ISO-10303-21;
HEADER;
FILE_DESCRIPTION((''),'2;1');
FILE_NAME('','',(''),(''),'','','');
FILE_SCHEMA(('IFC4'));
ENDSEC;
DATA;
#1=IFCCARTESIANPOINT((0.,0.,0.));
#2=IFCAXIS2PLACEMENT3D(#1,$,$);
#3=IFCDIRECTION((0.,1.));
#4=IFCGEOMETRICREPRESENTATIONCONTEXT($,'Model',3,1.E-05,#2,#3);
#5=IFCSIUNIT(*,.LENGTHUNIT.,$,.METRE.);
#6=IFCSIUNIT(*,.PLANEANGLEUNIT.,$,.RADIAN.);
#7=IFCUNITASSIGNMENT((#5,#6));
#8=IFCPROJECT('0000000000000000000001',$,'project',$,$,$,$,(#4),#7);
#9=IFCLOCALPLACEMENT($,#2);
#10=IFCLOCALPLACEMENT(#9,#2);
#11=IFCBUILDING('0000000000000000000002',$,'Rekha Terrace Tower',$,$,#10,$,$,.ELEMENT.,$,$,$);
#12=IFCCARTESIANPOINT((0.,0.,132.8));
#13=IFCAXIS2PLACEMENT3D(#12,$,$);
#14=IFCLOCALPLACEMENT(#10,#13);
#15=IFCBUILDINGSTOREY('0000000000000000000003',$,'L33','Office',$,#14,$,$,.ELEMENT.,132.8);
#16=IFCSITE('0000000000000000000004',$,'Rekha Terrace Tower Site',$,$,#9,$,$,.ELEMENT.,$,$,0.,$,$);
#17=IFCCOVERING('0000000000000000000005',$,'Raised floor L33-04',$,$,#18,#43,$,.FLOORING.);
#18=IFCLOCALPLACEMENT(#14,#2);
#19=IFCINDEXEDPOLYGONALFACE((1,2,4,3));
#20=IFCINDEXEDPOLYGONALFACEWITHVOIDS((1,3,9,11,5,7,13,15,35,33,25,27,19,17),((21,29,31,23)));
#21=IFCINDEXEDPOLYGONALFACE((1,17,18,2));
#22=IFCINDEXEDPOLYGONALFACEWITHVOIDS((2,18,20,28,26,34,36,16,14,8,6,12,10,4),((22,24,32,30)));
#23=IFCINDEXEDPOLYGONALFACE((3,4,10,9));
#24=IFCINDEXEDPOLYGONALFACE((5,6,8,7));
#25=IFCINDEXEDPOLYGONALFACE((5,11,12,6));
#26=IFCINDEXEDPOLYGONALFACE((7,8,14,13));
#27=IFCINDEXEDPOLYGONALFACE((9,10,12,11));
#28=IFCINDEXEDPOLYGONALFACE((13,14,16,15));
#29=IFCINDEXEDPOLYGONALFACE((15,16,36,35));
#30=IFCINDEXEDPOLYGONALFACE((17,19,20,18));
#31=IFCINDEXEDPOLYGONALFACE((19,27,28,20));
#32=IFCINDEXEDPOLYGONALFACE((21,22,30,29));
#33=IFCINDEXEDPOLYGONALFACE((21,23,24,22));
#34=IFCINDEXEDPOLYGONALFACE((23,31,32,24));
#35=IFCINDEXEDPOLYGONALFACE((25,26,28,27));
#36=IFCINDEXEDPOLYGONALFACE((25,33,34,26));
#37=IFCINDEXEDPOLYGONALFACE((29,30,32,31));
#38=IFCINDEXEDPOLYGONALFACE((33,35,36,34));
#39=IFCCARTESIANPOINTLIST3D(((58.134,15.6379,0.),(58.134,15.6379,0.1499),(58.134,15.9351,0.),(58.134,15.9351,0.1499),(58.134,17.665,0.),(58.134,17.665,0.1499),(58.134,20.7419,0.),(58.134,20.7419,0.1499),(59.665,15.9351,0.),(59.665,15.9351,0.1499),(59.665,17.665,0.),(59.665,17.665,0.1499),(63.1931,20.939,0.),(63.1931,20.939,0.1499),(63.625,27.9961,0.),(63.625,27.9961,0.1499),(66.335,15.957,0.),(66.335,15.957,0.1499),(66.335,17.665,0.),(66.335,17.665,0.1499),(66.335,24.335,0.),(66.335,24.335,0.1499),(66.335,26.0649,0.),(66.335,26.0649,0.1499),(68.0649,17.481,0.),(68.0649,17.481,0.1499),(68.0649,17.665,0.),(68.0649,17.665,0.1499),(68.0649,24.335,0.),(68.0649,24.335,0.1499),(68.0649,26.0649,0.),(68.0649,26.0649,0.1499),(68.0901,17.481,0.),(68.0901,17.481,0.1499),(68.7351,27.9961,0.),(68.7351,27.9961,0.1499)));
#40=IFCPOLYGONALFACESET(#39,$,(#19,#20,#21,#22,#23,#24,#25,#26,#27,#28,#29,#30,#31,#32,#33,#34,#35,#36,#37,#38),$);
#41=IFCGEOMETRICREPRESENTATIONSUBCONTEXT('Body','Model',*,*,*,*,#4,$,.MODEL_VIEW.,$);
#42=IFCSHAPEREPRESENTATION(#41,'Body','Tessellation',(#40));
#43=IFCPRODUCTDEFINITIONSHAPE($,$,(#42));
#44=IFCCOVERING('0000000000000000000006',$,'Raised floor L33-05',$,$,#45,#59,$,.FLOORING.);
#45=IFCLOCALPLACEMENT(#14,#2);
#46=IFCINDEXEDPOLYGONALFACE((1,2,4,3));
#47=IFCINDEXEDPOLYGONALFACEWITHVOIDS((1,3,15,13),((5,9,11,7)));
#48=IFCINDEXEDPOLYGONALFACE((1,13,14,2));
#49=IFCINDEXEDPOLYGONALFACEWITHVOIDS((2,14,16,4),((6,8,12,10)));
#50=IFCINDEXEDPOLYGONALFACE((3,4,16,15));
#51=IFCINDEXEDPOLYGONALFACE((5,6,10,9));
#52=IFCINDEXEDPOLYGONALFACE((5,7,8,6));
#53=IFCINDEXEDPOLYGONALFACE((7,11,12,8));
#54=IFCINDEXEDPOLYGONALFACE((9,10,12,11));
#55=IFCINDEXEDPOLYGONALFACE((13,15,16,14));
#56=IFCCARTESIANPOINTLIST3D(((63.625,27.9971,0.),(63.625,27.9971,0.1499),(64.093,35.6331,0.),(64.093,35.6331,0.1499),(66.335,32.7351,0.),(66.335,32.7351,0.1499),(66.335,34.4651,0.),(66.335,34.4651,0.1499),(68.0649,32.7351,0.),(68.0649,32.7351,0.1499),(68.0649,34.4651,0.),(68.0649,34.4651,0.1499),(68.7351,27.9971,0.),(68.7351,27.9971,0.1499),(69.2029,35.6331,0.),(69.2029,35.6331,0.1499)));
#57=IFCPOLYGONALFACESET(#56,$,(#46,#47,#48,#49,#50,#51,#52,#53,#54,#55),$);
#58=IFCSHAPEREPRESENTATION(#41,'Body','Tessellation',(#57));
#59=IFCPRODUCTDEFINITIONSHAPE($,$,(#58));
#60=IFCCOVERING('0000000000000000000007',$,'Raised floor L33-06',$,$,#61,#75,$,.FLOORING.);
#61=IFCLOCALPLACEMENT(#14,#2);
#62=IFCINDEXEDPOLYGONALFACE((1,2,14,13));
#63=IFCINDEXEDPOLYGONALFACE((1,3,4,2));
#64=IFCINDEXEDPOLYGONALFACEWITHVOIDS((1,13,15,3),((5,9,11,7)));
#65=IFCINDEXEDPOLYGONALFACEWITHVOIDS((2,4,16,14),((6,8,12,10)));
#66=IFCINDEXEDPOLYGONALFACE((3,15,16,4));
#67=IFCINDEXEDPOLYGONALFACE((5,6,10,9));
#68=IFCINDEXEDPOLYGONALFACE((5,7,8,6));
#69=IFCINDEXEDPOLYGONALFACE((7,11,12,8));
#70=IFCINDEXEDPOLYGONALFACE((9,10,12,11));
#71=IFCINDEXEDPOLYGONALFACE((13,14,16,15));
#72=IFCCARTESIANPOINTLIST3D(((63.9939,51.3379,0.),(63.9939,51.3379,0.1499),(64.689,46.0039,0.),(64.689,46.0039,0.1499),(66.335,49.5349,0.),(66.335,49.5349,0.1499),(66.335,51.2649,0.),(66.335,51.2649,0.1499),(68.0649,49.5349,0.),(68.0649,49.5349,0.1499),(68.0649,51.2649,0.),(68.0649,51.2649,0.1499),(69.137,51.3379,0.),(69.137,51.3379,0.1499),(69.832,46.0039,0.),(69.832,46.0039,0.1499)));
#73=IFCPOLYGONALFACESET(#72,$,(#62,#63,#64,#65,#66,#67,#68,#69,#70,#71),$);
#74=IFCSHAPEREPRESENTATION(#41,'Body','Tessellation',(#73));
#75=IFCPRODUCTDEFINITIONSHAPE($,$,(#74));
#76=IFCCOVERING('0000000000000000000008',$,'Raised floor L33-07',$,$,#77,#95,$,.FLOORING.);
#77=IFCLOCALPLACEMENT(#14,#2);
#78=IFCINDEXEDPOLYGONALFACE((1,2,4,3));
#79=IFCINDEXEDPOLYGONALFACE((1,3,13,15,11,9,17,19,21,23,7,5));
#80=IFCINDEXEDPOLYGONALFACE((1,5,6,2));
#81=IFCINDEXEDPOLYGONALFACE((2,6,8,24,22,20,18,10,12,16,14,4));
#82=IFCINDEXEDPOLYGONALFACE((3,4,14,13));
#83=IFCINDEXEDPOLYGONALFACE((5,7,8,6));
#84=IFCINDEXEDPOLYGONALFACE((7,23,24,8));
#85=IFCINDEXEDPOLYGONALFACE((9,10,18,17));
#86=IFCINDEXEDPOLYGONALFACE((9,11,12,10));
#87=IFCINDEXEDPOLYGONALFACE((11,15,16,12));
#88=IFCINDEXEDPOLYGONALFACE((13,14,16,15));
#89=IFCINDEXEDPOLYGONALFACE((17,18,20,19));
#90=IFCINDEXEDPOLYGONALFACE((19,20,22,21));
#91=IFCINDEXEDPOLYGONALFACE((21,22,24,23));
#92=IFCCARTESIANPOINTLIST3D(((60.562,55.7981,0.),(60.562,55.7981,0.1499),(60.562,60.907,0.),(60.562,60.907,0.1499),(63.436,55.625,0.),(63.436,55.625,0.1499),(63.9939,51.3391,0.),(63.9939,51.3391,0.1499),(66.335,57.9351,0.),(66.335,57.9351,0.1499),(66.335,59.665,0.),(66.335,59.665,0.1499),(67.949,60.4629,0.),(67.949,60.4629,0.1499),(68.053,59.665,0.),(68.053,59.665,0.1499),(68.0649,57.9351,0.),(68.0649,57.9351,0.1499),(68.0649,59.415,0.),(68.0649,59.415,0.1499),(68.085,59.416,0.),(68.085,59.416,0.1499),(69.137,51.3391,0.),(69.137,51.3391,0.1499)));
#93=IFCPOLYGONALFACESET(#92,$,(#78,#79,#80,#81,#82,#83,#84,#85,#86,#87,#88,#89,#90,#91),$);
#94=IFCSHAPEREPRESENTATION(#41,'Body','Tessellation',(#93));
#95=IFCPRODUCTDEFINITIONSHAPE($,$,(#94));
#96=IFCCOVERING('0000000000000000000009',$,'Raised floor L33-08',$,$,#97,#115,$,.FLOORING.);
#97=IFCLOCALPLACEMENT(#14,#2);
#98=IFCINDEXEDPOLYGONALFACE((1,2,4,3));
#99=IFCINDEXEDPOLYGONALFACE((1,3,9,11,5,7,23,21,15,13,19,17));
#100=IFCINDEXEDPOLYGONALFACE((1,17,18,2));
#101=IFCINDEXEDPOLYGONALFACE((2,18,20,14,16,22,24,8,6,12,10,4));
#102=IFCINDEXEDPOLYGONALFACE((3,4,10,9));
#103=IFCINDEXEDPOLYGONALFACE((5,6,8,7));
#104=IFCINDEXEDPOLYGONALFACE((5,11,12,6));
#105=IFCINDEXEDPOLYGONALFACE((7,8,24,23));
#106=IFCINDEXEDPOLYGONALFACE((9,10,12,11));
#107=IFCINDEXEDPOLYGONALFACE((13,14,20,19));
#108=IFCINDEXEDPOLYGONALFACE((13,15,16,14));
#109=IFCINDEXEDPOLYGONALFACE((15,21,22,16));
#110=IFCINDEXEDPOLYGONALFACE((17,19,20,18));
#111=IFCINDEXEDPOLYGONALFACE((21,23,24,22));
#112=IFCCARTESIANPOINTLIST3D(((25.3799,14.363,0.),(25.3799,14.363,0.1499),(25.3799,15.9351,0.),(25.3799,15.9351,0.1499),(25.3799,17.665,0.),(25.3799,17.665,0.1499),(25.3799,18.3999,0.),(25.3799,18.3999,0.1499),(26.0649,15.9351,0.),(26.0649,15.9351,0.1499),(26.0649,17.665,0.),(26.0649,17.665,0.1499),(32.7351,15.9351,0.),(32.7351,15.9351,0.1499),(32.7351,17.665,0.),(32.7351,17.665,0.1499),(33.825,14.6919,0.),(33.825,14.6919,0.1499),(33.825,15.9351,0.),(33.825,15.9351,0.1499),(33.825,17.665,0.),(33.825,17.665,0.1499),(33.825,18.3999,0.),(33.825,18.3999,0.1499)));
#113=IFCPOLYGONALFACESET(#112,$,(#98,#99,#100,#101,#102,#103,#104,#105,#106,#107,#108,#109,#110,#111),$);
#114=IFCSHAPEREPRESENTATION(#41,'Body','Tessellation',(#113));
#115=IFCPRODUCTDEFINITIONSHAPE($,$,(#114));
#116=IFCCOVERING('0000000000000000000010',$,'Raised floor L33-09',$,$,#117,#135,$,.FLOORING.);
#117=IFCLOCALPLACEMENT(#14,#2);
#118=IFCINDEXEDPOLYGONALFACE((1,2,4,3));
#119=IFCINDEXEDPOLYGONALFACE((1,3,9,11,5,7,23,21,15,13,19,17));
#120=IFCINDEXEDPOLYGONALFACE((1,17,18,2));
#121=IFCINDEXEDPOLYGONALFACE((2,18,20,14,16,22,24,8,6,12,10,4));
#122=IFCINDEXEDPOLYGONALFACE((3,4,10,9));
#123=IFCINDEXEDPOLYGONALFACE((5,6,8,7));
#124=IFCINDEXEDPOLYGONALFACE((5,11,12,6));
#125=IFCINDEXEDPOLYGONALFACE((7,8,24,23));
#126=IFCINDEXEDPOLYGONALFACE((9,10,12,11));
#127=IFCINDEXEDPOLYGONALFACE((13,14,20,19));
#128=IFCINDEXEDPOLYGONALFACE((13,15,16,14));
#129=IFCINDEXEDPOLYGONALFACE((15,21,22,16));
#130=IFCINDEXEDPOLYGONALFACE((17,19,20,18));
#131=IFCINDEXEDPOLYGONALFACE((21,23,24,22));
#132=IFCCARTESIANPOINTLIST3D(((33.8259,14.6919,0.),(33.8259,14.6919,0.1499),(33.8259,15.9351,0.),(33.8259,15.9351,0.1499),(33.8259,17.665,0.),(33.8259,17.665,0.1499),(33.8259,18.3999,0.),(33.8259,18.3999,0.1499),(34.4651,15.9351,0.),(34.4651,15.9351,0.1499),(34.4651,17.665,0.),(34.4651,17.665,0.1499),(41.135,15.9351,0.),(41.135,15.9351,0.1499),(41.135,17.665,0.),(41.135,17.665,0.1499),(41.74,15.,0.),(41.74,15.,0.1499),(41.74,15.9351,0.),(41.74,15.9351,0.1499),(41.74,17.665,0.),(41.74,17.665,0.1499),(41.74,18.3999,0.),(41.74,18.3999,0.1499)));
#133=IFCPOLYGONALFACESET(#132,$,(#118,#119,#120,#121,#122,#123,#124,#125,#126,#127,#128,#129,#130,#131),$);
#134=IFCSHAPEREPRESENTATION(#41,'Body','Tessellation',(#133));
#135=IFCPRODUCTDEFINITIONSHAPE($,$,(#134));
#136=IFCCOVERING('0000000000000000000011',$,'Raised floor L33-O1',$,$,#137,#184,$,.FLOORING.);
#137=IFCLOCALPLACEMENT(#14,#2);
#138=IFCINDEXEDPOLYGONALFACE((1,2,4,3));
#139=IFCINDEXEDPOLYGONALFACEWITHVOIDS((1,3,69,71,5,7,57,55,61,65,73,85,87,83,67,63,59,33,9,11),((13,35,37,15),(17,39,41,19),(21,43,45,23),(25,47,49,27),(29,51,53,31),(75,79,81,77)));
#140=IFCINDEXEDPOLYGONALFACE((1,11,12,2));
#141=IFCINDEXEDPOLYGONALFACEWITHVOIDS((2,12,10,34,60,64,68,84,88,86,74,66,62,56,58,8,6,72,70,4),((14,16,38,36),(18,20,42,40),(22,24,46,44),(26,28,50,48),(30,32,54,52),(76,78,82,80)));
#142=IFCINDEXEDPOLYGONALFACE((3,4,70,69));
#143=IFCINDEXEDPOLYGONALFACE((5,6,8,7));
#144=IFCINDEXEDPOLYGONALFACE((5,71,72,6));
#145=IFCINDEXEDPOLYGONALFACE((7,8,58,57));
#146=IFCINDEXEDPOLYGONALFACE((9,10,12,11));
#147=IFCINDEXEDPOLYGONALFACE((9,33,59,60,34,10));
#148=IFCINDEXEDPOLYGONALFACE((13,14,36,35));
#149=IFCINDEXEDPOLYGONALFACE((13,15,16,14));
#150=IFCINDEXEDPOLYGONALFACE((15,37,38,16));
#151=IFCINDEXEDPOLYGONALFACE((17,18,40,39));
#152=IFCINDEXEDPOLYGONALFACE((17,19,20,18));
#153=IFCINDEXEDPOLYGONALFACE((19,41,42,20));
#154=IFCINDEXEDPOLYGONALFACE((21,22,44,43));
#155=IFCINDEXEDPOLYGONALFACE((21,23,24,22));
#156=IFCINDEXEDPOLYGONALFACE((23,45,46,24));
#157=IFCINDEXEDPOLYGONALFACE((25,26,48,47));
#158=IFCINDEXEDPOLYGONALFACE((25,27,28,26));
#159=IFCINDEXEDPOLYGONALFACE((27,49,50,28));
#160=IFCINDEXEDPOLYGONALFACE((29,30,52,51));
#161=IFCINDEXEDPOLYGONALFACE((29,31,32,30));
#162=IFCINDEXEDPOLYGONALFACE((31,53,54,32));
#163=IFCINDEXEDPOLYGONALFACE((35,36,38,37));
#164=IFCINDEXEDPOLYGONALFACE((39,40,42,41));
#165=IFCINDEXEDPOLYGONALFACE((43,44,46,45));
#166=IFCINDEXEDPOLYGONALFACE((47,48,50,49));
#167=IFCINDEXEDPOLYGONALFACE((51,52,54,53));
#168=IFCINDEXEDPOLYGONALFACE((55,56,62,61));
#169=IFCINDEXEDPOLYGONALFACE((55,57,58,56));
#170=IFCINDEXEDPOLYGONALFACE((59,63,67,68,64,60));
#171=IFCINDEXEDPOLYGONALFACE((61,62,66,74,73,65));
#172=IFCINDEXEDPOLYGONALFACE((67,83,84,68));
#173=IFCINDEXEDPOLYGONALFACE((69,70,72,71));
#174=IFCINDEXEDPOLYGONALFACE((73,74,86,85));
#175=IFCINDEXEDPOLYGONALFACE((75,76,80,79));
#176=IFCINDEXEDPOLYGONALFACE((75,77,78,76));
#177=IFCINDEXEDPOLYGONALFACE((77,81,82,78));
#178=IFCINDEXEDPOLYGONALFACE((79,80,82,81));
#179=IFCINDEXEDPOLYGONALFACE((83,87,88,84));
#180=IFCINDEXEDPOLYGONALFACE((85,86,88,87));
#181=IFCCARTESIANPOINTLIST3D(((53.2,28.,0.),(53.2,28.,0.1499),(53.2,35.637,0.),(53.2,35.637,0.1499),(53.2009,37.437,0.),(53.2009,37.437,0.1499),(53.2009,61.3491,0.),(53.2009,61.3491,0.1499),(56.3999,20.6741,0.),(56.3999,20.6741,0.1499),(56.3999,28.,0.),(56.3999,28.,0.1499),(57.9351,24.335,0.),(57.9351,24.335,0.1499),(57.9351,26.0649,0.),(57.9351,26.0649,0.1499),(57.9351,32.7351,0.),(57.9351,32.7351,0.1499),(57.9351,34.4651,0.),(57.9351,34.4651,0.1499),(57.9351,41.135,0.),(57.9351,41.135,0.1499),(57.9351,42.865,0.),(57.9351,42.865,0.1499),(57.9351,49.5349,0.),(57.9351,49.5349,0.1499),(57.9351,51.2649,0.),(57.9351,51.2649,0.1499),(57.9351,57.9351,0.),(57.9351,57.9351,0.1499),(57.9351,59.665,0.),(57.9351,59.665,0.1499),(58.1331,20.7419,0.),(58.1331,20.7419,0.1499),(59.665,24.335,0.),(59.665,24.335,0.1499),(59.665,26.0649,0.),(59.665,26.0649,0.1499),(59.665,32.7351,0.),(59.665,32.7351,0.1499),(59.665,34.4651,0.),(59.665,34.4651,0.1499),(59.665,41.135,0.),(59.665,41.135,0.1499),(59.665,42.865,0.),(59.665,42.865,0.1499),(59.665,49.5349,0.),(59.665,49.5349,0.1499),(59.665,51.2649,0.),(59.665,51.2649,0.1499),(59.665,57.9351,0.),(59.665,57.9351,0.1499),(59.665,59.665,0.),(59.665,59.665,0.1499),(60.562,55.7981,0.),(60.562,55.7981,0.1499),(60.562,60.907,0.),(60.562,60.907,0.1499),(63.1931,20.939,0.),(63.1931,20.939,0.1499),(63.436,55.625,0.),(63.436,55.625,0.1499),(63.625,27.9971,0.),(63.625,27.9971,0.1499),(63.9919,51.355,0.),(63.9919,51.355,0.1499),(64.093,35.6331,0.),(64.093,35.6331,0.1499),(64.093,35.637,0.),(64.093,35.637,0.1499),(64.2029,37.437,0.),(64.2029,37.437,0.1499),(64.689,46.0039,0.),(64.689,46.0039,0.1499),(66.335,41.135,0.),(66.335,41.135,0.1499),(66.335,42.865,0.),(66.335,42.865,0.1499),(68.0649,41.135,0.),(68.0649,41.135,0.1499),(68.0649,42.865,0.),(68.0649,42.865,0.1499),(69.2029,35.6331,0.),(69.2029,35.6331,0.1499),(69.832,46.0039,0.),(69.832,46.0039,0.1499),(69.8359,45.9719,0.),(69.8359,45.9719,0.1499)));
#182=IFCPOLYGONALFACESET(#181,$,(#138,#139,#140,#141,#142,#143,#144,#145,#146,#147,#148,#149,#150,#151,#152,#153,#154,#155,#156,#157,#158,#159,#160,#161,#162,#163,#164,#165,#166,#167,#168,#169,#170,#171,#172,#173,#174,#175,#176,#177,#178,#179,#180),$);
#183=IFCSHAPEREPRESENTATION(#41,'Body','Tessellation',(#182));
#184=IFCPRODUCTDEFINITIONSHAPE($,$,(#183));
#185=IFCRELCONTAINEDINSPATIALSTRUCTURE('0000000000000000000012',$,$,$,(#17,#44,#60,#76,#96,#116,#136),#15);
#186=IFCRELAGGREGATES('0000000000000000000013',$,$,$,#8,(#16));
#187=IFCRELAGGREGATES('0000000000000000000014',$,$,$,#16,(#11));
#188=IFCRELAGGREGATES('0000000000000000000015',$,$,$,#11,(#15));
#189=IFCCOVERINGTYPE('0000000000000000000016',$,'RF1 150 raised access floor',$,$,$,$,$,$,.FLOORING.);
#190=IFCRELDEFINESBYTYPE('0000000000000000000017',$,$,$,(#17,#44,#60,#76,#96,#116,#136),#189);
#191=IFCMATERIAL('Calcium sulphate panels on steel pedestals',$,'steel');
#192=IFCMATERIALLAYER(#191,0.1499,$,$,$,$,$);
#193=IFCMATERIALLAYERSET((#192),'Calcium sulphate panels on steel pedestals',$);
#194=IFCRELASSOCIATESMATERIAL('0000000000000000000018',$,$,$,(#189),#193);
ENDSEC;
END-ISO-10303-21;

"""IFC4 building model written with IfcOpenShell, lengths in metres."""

from ifc_helpers import new_model, si_unit, direction, frame, origin, place, context, subcontext, project, spatial, polyline, outline, extrude, material, layer, layer_set, type_object, element, save


model = new_model("IFC4")

# Units and contexts
model_context = context("Model", 3, precision=1e-05, world=origin(), true_north=direction((0.0, 1.0)))
body_context = subcontext(model_context, "Body", "Model", "MODEL_VIEW")
ifc_project = project(units=[si_unit("LENGTHUNIT", "METRE"), si_unit("PLANEANGLEUNIT", "RADIAN")], contexts=[model_context])

# Site, building, storey
site_placement = place(None, origin())
site = spatial("IfcSite", under=ifc_project, at=site_placement, Name="Rekha Terrace Tower Site", CompositionType="ELEMENT", RefElevation=0.0)
building_placement = place(site_placement, origin())
building = spatial("IfcBuilding", under=site, at=building_placement, Name="Rekha Terrace Tower", CompositionType="ELEMENT")
storey_placement = place(building_placement, frame((0.0, 0.0, 132.8)))
storey = spatial("IfcBuildingStorey", under=building, at=storey_placement, Name="L33", Description="Office", CompositionType="ELEMENT", Elevation=132.8)

# Coverings
ifc_material_1 = material(Name="Calcium sulphate panels on steel pedestals", Category="steel")
ifc_layer_1 = layer(ifc_material_1, 0.1499)
ifc_layer_set_1 = layer_set([ifc_layer_1], Name="Calcium sulphate panels on steel pedestals")
covering_type_1 = type_object("IfcCoveringType", Name="RF1 150 raised access floor", PredefinedType="FLOORING", material=ifc_layer_set_1)
covering_1_placement = place(storey_placement, origin())
element("IfcCovering", 1, at=covering_1_placement, inside=storey, type_object=covering_type_1, Name="Raised floor L33-04", PredefinedType="FLOORING", context=body_context, shape_type="SweptSolid", body=[
    extrude(outline(polyline([(63.625, 27.9961), (63.1931, 20.939), (58.134, 20.7419), (58.134, 17.665), (59.665, 17.665), (59.665, 15.9351), (58.134, 15.9351), (58.134, 15.6379), (66.335, 15.957), (66.335, 17.665), (68.0649, 17.665), (68.0649, 17.481), (68.0901, 17.481), (68.7351, 27.9961), (63.625, 27.9961)]), holes=[polyline([(68.0649, 24.335), (66.335, 24.335), (66.335, 26.0649), (68.0649, 26.0649), (68.0649, 24.335)])]), origin(), (0.0, 0.0, 1.0), 0.1499),
])
covering_2_placement = place(storey_placement, origin())
element("IfcCovering", 2, at=covering_2_placement, inside=storey, type_object=covering_type_1, Name="Raised floor L33-05", PredefinedType="FLOORING", context=body_context, shape_type="SweptSolid", body=[
    extrude(outline(polyline([(63.625, 27.9971), (68.7351, 27.9971), (69.2029, 35.6331), (64.093, 35.6331), (63.625, 27.9971)]), holes=[polyline([(68.0649, 34.4651), (68.0649, 32.7351), (66.335, 32.7351), (66.335, 34.4651), (68.0649, 34.4651)])]), origin(), (0.0, 0.0, 1.0), 0.1499),
])
covering_3_placement = place(storey_placement, origin())
element("IfcCovering", 3, at=covering_3_placement, inside=storey, type_object=covering_type_1, Name="Raised floor L33-06", PredefinedType="FLOORING", context=body_context, shape_type="SweptSolid", body=[
    extrude(outline(polyline([(64.689, 46.0039), (69.832, 46.0039), (69.137, 51.3379), (63.9939, 51.3379), (64.689, 46.0039)]), holes=[polyline([(68.0649, 49.5349), (66.335, 49.5349), (66.335, 51.2649), (68.0649, 51.2649), (68.0649, 49.5349)])]), origin(), (0.0, 0.0, 1.0), 0.1499),
])
covering_4_placement = place(storey_placement, origin())
element("IfcCovering", 4, at=covering_4_placement, inside=storey, type_object=covering_type_1, Name="Raised floor L33-07", PredefinedType="FLOORING", context=body_context, shape_type="SweptSolid", body=[
    extrude(outline(polyline([(67.949, 60.4629), (60.562, 60.907), (60.562, 55.7981), (63.436, 55.625), (63.9939, 51.3391), (69.137, 51.3391), (68.085, 59.416), (68.0649, 59.415), (68.0649, 57.9351), (66.335, 57.9351), (66.335, 59.665), (68.053, 59.665), (67.949, 60.4629)])), origin(), (0.0, 0.0, 1.0), 0.1499),
])
covering_5_placement = place(storey_placement, origin())
element("IfcCovering", 5, at=covering_5_placement, inside=storey, type_object=covering_type_1, Name="Raised floor L33-08", PredefinedType="FLOORING", context=body_context, shape_type="SweptSolid", body=[
    extrude(outline(polyline([(33.825, 17.665), (33.825, 18.3999), (25.3799, 18.3999), (25.3799, 17.665), (26.0649, 17.665), (26.0649, 15.9351), (25.3799, 15.9351), (25.3799, 14.363), (33.825, 14.6919), (33.825, 15.9351), (32.7351, 15.9351), (32.7351, 17.665), (33.825, 17.665)])), origin(), (0.0, 0.0, 1.0), 0.1499),
])
covering_6_placement = place(storey_placement, origin())
element("IfcCovering", 6, at=covering_6_placement, inside=storey, type_object=covering_type_1, Name="Raised floor L33-09", PredefinedType="FLOORING", context=body_context, shape_type="SweptSolid", body=[
    extrude(outline(polyline([(41.74, 17.665), (41.74, 18.3999), (33.8259, 18.3999), (33.8259, 17.665), (34.4651, 17.665), (34.4651, 15.9351), (33.8259, 15.9351), (33.8259, 14.6919), (41.74, 15.0), (41.74, 15.9351), (41.135, 15.9351), (41.135, 17.665), (41.74, 17.665)])), origin(), (0.0, 0.0, 1.0), 0.1499),
])
covering_7_placement = place(storey_placement, origin())
element("IfcCovering", 7, at=covering_7_placement, inside=storey, type_object=covering_type_1, Name="Raised floor L33-O1", PredefinedType="FLOORING", context=body_context, shape_type="SweptSolid", body=[
    extrude(outline(polyline([(56.3999, 20.6741), (58.1331, 20.7419), (63.1931, 20.939), (63.625, 27.9971), (64.093, 35.6331), (69.2029, 35.6331), (69.8359, 45.9719), (69.832, 46.0039), (64.689, 46.0039), (63.9919, 51.355), (63.436, 55.625), (60.562, 55.7981), (60.562, 60.907), (53.2009, 61.3491), (53.2009, 37.437), (64.2029, 37.437), (64.093, 35.637), (53.2, 35.637), (53.2, 28.0), (56.3999, 28.0), (56.3999, 20.6741)]), holes=[polyline([(68.0649, 41.135), (66.335, 41.135), (66.335, 42.865), (68.0649, 42.865), (68.0649, 41.135)]), polyline([(59.665, 26.0649), (59.665, 24.335), (57.9351, 24.335), (57.9351, 26.0649), (59.665, 26.0649)]), polyline([(59.665, 32.7351), (57.9351, 32.7351), (57.9351, 34.4651), (59.665, 34.4651), (59.665, 32.7351)]), polyline([(59.665, 41.135), (57.9351, 41.135), (57.9351, 42.865), (59.665, 42.865), (59.665, 41.135)]), polyline([(59.665, 49.5349), (57.9351, 49.5349), (57.9351, 51.2649), (59.665, 51.2649), (59.665, 49.5349)]), polyline([(59.665, 57.9351), (57.9351, 57.9351), (57.9351, 59.665), (59.665, 59.665), (59.665, 57.9351)])]), origin(), (0.0, 0.0, 1.0), 0.1499),
])

save(model, "model.ifc")
